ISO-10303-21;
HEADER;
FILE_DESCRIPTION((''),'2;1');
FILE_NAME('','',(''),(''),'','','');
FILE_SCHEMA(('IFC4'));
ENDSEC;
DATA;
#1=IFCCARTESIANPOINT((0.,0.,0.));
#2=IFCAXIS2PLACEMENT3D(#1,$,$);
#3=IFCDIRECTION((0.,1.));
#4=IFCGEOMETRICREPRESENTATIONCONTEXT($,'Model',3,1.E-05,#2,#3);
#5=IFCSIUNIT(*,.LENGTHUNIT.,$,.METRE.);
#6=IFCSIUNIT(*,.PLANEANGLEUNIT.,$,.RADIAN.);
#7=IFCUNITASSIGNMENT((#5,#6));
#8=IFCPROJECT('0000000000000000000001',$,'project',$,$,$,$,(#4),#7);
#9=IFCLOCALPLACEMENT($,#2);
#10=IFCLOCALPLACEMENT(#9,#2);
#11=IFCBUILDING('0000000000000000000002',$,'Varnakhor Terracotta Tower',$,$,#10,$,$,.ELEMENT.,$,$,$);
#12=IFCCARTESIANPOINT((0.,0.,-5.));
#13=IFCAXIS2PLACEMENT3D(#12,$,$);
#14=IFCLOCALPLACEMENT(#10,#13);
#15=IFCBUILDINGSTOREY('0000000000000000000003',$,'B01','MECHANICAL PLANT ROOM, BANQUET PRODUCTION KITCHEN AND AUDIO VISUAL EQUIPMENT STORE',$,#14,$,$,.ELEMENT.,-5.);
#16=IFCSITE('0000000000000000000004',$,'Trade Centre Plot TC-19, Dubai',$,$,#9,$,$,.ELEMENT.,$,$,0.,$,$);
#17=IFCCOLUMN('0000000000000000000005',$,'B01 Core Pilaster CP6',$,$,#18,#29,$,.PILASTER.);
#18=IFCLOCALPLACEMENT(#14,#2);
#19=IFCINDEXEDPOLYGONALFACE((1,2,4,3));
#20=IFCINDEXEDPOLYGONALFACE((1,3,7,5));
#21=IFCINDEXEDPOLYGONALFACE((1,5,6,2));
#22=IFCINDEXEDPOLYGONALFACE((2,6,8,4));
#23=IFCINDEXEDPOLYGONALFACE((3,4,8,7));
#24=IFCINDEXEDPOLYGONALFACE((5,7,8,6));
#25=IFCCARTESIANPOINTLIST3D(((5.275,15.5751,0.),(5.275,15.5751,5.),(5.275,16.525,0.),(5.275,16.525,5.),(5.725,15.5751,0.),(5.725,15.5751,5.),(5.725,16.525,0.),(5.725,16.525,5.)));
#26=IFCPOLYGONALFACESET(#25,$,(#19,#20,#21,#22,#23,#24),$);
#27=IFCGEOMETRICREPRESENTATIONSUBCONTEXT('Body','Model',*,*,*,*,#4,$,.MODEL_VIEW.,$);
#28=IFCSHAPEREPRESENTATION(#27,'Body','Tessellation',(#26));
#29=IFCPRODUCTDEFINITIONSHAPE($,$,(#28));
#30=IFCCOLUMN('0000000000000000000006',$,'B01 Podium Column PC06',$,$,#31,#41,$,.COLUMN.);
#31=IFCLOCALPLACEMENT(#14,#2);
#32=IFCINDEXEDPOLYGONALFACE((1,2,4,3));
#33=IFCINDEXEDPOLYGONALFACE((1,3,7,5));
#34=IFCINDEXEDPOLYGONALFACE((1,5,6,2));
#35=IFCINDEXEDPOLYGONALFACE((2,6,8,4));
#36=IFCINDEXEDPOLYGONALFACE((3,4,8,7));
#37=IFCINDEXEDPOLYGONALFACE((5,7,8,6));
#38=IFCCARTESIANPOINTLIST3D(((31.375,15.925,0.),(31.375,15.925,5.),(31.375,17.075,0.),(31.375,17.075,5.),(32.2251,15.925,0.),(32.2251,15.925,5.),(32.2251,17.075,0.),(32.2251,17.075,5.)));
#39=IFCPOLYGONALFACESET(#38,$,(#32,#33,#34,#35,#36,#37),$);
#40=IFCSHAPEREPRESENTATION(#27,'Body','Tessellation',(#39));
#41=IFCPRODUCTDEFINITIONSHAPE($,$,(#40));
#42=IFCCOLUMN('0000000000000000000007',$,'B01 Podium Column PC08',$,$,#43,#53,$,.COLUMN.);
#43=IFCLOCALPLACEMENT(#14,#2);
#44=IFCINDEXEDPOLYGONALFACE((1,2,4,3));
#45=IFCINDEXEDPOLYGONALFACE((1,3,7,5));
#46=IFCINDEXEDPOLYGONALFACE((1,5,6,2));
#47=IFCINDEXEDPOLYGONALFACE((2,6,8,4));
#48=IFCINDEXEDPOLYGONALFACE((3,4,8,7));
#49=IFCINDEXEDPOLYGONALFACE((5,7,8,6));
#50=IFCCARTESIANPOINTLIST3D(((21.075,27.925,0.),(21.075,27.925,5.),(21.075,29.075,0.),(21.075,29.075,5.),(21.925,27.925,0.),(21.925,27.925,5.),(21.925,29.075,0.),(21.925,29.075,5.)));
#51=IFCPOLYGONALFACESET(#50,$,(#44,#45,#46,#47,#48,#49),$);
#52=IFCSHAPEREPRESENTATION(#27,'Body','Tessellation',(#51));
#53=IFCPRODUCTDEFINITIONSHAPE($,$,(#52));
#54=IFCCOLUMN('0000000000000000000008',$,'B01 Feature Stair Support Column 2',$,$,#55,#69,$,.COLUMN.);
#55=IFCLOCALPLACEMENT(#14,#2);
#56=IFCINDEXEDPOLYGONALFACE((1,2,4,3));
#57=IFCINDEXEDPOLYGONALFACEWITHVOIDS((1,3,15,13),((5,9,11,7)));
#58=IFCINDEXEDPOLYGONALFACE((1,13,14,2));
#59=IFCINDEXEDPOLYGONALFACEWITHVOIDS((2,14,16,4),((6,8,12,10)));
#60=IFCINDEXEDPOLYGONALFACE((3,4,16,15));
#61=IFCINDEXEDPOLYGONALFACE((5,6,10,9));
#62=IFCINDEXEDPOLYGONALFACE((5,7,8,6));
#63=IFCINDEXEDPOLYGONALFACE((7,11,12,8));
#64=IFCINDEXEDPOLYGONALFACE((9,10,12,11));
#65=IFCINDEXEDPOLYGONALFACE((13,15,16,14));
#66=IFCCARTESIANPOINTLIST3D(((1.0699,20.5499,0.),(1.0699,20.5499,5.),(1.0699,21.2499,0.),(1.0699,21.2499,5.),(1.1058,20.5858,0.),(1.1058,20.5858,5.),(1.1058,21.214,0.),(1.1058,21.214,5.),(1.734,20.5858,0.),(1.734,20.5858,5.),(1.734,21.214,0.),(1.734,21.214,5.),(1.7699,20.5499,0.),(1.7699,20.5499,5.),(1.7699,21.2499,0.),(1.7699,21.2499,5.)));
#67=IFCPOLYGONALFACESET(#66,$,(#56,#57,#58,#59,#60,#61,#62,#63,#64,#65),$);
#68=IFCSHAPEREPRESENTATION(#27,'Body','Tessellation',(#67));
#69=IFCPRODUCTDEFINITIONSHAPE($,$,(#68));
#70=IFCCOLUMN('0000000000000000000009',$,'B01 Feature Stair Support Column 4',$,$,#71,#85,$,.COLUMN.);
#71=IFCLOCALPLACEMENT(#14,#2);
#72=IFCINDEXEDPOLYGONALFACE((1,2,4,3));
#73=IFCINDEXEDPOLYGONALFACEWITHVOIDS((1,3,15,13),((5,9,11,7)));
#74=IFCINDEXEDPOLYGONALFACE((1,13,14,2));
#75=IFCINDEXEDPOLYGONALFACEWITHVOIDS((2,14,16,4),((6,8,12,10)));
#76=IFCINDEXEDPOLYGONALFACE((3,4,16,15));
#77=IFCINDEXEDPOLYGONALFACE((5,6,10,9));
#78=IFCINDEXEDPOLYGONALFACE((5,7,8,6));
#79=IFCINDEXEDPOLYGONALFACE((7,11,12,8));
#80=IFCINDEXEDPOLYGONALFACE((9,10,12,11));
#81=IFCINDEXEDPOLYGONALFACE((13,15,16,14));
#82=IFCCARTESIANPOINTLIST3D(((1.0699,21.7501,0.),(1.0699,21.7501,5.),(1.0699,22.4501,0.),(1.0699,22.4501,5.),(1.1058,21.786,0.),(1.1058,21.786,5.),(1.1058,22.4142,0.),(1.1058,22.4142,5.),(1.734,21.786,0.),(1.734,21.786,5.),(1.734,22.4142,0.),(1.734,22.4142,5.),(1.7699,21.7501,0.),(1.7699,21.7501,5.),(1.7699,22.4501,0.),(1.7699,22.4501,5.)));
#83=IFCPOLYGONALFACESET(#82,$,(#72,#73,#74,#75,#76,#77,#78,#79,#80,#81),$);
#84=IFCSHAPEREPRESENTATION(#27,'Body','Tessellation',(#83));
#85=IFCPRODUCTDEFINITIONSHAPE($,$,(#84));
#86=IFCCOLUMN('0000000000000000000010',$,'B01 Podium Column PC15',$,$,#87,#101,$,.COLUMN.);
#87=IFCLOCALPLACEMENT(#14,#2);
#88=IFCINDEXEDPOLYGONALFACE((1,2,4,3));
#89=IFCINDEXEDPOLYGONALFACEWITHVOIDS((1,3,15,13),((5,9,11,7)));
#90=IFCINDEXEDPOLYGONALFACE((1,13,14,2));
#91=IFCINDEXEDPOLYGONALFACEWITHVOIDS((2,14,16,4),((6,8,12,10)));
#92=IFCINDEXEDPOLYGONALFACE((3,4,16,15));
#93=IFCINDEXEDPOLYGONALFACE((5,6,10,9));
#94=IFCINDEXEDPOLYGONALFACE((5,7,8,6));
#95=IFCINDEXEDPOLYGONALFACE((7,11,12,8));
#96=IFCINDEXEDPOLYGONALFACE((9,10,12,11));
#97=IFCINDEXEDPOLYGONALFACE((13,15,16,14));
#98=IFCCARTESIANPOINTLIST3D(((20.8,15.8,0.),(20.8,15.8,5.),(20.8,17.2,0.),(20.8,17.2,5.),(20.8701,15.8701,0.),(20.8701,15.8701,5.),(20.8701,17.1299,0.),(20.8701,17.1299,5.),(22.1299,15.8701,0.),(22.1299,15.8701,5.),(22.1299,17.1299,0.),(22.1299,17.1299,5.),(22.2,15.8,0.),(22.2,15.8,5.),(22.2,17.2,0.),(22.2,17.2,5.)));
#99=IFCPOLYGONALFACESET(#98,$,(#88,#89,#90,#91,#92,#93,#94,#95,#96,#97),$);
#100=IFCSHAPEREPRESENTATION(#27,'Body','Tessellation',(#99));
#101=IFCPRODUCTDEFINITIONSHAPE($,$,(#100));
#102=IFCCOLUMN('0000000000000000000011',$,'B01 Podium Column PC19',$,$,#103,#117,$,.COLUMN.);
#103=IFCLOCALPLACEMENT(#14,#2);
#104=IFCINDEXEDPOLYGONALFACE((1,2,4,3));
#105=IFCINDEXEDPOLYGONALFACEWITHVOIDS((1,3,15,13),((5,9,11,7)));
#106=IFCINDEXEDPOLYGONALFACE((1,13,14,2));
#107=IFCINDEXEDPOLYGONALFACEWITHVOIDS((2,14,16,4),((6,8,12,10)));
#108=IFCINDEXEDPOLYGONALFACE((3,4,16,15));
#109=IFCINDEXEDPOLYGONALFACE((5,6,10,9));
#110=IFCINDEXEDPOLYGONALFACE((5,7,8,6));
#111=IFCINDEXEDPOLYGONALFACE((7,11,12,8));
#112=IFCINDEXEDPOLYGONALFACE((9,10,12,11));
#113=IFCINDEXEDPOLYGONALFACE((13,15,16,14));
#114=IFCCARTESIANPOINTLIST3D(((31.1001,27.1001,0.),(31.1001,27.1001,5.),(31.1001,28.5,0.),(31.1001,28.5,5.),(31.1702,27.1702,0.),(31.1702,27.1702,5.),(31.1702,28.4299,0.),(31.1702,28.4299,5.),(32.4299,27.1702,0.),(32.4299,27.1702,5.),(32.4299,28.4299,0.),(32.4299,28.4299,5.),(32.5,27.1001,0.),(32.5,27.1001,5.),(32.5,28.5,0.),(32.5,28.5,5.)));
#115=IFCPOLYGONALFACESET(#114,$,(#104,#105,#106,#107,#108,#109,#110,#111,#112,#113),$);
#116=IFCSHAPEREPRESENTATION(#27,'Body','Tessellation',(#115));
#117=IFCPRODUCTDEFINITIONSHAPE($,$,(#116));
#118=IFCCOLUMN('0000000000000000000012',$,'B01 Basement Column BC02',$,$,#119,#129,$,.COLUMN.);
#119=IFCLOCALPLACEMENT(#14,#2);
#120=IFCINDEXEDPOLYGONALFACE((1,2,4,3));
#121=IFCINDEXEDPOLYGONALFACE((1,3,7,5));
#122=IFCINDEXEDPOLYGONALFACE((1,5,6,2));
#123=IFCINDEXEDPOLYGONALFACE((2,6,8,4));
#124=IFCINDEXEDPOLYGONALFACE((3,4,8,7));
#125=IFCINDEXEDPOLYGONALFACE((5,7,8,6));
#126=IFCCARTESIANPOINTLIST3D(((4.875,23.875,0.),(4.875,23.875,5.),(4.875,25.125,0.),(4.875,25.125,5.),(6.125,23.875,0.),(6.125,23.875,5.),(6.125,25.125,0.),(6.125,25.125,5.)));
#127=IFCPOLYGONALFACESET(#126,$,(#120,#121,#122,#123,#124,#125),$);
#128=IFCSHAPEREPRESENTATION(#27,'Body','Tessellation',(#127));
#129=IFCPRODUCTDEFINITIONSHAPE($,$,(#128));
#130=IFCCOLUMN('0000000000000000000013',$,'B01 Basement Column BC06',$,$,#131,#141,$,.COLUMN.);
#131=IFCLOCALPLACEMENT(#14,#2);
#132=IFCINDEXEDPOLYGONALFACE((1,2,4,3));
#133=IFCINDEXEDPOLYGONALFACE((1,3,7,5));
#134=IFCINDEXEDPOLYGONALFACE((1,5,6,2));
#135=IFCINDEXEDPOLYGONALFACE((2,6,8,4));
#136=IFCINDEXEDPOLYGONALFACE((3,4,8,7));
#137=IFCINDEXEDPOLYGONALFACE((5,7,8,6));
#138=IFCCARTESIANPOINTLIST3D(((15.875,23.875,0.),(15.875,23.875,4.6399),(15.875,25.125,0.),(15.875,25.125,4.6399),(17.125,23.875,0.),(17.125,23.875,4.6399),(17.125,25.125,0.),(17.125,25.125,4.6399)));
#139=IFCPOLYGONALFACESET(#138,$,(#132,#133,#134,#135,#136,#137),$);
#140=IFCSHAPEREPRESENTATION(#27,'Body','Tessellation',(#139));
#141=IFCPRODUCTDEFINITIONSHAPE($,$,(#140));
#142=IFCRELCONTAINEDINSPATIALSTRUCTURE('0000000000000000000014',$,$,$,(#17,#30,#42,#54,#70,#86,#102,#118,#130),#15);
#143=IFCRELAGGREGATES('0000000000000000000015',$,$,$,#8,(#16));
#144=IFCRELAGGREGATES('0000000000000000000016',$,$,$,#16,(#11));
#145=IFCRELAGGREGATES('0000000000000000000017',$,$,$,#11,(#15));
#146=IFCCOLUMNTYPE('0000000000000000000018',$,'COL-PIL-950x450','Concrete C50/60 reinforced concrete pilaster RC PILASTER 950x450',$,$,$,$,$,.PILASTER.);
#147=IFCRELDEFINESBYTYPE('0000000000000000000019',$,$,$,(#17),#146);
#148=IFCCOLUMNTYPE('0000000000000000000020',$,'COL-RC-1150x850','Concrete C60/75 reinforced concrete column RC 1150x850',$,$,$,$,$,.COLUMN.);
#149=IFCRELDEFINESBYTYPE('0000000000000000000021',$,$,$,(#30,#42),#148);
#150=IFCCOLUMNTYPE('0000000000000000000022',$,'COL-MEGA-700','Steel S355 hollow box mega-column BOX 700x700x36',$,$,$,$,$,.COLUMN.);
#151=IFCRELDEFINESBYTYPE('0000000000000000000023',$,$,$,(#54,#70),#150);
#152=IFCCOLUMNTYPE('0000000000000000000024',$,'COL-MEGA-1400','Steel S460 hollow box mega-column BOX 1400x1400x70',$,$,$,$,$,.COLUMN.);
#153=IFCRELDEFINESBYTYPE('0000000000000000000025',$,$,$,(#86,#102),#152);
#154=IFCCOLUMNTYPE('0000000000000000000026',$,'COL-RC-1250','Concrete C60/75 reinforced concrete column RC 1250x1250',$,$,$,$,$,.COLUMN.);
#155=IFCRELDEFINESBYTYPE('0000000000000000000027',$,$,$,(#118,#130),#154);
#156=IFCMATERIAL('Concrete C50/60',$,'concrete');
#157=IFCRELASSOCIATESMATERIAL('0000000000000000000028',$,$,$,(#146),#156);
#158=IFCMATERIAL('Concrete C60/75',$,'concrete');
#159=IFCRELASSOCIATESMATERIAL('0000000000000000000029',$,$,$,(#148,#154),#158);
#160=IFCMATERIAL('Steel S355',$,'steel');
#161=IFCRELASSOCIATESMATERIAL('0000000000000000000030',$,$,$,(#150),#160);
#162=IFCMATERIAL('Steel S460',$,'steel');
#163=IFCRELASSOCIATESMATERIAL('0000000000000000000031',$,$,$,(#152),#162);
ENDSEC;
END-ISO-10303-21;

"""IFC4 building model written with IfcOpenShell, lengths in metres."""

from ifc_helpers import new_model, si_unit, direction, frame, origin, origin_2d, place, context, subcontext, project, spatial, rectangle, hollow_rectangle, extrude, source, transform, mapped, material, material_profile, profile_set, type_object, type_shapes, element, save


model = new_model("IFC4")

# Units and contexts
model_context = context("Model", 3, precision=1e-05, world=origin(), true_north=direction((0.0, 1.0)))
body_context = subcontext(model_context, "Body", "Model", "MODEL_VIEW")
ifc_project = project(units=[si_unit("LENGTHUNIT", "METRE"), si_unit("PLANEANGLEUNIT", "RADIAN")], contexts=[model_context])

# Site, building, storey
site_placement = place(None, origin())
site = spatial("IfcSite", under=ifc_project, at=site_placement, Name="Trade Centre Plot TC-19, Dubai", CompositionType="ELEMENT", RefElevation=0.0)
building_placement = place(site_placement, origin())
building = spatial("IfcBuilding", under=site, at=building_placement, Name="Varnakhor Terracotta Tower", CompositionType="ELEMENT")
storey_placement = place(building_placement, frame((0.0, 0.0, -5.0)))
storey = spatial("IfcBuildingStorey", under=building, at=storey_placement, Name="B01", Description="MECHANICAL PLANT ROOM, BANQUET PRODUCTION KITCHEN AND AUDIO VISUAL EQUIPMENT STORE", CompositionType="ELEMENT", Elevation=-5.0)

# Columns
ifc_material_1 = material(Name="Concrete C50/60", Category="concrete")
ifc_material_profile_1 = material_profile(ifc_material_1, rectangle(XDim=0.45, YDim=0.95, at=origin_2d()), Name="RC PILASTER 950x450")
ifc_profile_set_1 = profile_set([ifc_material_profile_1], Name="Concrete C50/60")
column_type_1 = type_object("IfcColumnType", Name="COL-PIL-950x450", Description="Concrete C50/60 reinforced concrete pilaster RC PILASTER 950x450", PredefinedType="PILASTER", material=ifc_profile_set_1)
shared_shape_1 = source(origin(), body_context, "Body", "SweptSolid", [
    extrude(rectangle(XDim=0.45, YDim=0.95, at=origin_2d()), origin(), (0.0, 0.0, 1.0), 5.0),
])
type_shapes(column_type_1, [shared_shape_1])
column_1_placement = place(storey_placement, frame((5.5, 16.05, 0.0), z_axis=(0.0, 0.0, 1.0), x_axis=(1.0, 0.0, 0.0)))
element("IfcColumn", 1, at=column_1_placement, inside=storey, type_object=column_type_1, Name="B01 Core Pilaster CP6", PredefinedType="PILASTER", context=body_context, shape_type="MappedRepresentation", body=[
    mapped(shared_shape_1, transform((0.0, 0.0, 0.0), scale=1.0)),
])
ifc_material_2 = material(Name="Concrete C60/75", Category="concrete")
ifc_material_profile_2 = material_profile(ifc_material_2, rectangle(XDim=0.8501, YDim=1.1499, at=origin_2d()), Name="RC 1150x850")
ifc_profile_set_2 = profile_set([ifc_material_profile_2], Name="Concrete C60/75")
column_type_2 = type_object("IfcColumnType", Name="COL-RC-1150x850", Description="Concrete C60/75 reinforced concrete column RC 1150x850", PredefinedType="COLUMN", material=ifc_profile_set_2)
shared_shape_2 = source(origin(), body_context, "Body", "SweptSolid", [
    extrude(rectangle(XDim=0.8501, YDim=1.1499, at=origin_2d()), origin(), (0.0, 0.0, 1.0), 5.0),
])
type_shapes(column_type_2, [shared_shape_2])
for number, where, z_axis, x_axis, name in (
    (2, (31.8, 16.5, 0.0), (0.0, 0.0, 1.0), (1.0, 0.0, 0.0), "B01 Podium Column PC06"),
    (3, (21.5, 28.5, 0.0), (0.0, 0.0, 1.0), (1.0, 0.0, 0.0), "B01 Podium Column PC08"),
):
    element("IfcColumn", number, at=place(storey_placement, frame(where, z_axis=z_axis, x_axis=x_axis)), inside=storey, type_object=column_type_2, Name=name, PredefinedType="COLUMN", context=body_context, shape_type="MappedRepresentation", body=[
        mapped(shared_shape_2, transform((0.0, 0.0, 0.0), scale=1.0)),
    ])
ifc_material_3 = material(Name="Steel S355", Category="steel")
ifc_material_profile_3 = material_profile(ifc_material_3, hollow_rectangle(XDim=0.7, YDim=0.7, WallThickness=0.0359, at=origin_2d()), Name="BOX 700x700x36")
ifc_profile_set_3 = profile_set([ifc_material_profile_3], Name="Steel S355")
column_type_3 = type_object("IfcColumnType", Name="COL-MEGA-700", Description="Steel S355 hollow box mega-column BOX 700x700x36", PredefinedType="COLUMN", material=ifc_profile_set_3)
shared_shape_3 = source(origin(), body_context, "Body", "SweptSolid", [
    extrude(hollow_rectangle(XDim=0.7, YDim=0.7, WallThickness=0.0359, at=origin_2d()), origin(), (0.0, 0.0, 1.0), 5.0),
])
type_shapes(column_type_3, [shared_shape_3])
for number, where, z_axis, x_axis, name in (
    (4, (1.4199, 20.8999, 0.0), (0.0, 0.0, 1.0), (1.0, 0.0, 0.0), "B01 Feature Stair Support Column 2"),
    (5, (1.4199, 22.1001, 0.0), (0.0, 0.0, 1.0), (1.0, 0.0, 0.0), "B01 Feature Stair Support Column 4"),
):
    element("IfcColumn", number, at=place(storey_placement, frame(where, z_axis=z_axis, x_axis=x_axis)), inside=storey, type_object=column_type_3, Name=name, PredefinedType="COLUMN", context=body_context, shape_type="MappedRepresentation", body=[
        mapped(shared_shape_3, transform((0.0, 0.0, 0.0), scale=1.0)),
    ])
ifc_material_4 = material(Name="Steel S460", Category="steel")
ifc_material_profile_4 = material_profile(ifc_material_4, hollow_rectangle(XDim=1.3999, YDim=1.3999, WallThickness=0.0701, at=origin_2d()), Name="BOX 1400x1400x70")
ifc_profile_set_4 = profile_set([ifc_material_profile_4], Name="Steel S460")
column_type_4 = type_object("IfcColumnType", Name="COL-MEGA-1400", Description="Steel S460 hollow box mega-column BOX 1400x1400x70", PredefinedType="COLUMN", material=ifc_profile_set_4)
shared_shape_4 = source(origin(), body_context, "Body", "SweptSolid", [
    extrude(hollow_rectangle(XDim=1.3999, YDim=1.3999, WallThickness=0.0701, at=origin_2d()), origin(), (0.0, 0.0, 1.0), 5.0),
])
type_shapes(column_type_4, [shared_shape_4])
for number, where, z_axis, x_axis, name in (
    (6, (21.5, 16.5, 0.0), (0.0, 0.0, 1.0), (1.0, 0.0, 0.0), "B01 Podium Column PC15"),
    (7, (31.8, 27.8, 0.0), (0.0, 0.0, 1.0), (1.0, 0.0, 0.0), "B01 Podium Column PC19"),
):
    element("IfcColumn", number, at=place(storey_placement, frame(where, z_axis=z_axis, x_axis=x_axis)), inside=storey, type_object=column_type_4, Name=name, PredefinedType="COLUMN", context=body_context, shape_type="MappedRepresentation", body=[
        mapped(shared_shape_4, transform((0.0, 0.0, 0.0), scale=1.0)),
    ])
ifc_material_profile_5 = material_profile(ifc_material_2, rectangle(XDim=1.25, YDim=1.25, at=origin_2d()), Name="RC 1250x1250")
ifc_profile_set_5 = profile_set([ifc_material_profile_5], Name="Concrete C60/75")
column_type_5 = type_object("IfcColumnType", Name="COL-RC-1250", Description="Concrete C60/75 reinforced concrete column RC 1250x1250", PredefinedType="COLUMN", material=ifc_profile_set_5)
shared_shape_5 = source(origin(), body_context, "Body", "SweptSolid", [
    extrude(rectangle(XDim=1.25, YDim=1.25, at=origin_2d()), origin(), (0.0, 0.0, 1.0), 5.0),
])
type_shapes(column_type_5, [shared_shape_5])
column_2_placement = place(storey_placement, frame((5.5, 24.5, 0.0), z_axis=(0.0, 0.0, 1.0), x_axis=(1.0, 0.0, 0.0)))
element("IfcColumn", 8, at=column_2_placement, inside=storey, type_object=column_type_5, Name="B01 Basement Column BC02", PredefinedType="COLUMN", context=body_context, shape_type="MappedRepresentation", body=[
    mapped(shared_shape_5, transform((0.0, 0.0, 0.0), scale=1.0)),
])
shared_shape_6 = source(origin(), body_context, "Body", "SweptSolid", [
    extrude(rectangle(XDim=1.25, YDim=1.25, at=origin_2d()), origin(), (0.0, 0.0, 1.0), 4.6399),
])
column_3_placement = place(storey_placement, frame((16.5, 24.5, 0.0), z_axis=(0.0, 0.0, 1.0), x_axis=(1.0, 0.0, 0.0)))
element("IfcColumn", 9, at=column_3_placement, inside=storey, type_object=column_type_5, Name="B01 Basement Column BC06", PredefinedType="COLUMN", context=body_context, shape_type="MappedRepresentation", body=[
    mapped(shared_shape_6, transform((0.0, 0.0, 0.0), scale=1.0)),
])

save(model, "model.ifc")
